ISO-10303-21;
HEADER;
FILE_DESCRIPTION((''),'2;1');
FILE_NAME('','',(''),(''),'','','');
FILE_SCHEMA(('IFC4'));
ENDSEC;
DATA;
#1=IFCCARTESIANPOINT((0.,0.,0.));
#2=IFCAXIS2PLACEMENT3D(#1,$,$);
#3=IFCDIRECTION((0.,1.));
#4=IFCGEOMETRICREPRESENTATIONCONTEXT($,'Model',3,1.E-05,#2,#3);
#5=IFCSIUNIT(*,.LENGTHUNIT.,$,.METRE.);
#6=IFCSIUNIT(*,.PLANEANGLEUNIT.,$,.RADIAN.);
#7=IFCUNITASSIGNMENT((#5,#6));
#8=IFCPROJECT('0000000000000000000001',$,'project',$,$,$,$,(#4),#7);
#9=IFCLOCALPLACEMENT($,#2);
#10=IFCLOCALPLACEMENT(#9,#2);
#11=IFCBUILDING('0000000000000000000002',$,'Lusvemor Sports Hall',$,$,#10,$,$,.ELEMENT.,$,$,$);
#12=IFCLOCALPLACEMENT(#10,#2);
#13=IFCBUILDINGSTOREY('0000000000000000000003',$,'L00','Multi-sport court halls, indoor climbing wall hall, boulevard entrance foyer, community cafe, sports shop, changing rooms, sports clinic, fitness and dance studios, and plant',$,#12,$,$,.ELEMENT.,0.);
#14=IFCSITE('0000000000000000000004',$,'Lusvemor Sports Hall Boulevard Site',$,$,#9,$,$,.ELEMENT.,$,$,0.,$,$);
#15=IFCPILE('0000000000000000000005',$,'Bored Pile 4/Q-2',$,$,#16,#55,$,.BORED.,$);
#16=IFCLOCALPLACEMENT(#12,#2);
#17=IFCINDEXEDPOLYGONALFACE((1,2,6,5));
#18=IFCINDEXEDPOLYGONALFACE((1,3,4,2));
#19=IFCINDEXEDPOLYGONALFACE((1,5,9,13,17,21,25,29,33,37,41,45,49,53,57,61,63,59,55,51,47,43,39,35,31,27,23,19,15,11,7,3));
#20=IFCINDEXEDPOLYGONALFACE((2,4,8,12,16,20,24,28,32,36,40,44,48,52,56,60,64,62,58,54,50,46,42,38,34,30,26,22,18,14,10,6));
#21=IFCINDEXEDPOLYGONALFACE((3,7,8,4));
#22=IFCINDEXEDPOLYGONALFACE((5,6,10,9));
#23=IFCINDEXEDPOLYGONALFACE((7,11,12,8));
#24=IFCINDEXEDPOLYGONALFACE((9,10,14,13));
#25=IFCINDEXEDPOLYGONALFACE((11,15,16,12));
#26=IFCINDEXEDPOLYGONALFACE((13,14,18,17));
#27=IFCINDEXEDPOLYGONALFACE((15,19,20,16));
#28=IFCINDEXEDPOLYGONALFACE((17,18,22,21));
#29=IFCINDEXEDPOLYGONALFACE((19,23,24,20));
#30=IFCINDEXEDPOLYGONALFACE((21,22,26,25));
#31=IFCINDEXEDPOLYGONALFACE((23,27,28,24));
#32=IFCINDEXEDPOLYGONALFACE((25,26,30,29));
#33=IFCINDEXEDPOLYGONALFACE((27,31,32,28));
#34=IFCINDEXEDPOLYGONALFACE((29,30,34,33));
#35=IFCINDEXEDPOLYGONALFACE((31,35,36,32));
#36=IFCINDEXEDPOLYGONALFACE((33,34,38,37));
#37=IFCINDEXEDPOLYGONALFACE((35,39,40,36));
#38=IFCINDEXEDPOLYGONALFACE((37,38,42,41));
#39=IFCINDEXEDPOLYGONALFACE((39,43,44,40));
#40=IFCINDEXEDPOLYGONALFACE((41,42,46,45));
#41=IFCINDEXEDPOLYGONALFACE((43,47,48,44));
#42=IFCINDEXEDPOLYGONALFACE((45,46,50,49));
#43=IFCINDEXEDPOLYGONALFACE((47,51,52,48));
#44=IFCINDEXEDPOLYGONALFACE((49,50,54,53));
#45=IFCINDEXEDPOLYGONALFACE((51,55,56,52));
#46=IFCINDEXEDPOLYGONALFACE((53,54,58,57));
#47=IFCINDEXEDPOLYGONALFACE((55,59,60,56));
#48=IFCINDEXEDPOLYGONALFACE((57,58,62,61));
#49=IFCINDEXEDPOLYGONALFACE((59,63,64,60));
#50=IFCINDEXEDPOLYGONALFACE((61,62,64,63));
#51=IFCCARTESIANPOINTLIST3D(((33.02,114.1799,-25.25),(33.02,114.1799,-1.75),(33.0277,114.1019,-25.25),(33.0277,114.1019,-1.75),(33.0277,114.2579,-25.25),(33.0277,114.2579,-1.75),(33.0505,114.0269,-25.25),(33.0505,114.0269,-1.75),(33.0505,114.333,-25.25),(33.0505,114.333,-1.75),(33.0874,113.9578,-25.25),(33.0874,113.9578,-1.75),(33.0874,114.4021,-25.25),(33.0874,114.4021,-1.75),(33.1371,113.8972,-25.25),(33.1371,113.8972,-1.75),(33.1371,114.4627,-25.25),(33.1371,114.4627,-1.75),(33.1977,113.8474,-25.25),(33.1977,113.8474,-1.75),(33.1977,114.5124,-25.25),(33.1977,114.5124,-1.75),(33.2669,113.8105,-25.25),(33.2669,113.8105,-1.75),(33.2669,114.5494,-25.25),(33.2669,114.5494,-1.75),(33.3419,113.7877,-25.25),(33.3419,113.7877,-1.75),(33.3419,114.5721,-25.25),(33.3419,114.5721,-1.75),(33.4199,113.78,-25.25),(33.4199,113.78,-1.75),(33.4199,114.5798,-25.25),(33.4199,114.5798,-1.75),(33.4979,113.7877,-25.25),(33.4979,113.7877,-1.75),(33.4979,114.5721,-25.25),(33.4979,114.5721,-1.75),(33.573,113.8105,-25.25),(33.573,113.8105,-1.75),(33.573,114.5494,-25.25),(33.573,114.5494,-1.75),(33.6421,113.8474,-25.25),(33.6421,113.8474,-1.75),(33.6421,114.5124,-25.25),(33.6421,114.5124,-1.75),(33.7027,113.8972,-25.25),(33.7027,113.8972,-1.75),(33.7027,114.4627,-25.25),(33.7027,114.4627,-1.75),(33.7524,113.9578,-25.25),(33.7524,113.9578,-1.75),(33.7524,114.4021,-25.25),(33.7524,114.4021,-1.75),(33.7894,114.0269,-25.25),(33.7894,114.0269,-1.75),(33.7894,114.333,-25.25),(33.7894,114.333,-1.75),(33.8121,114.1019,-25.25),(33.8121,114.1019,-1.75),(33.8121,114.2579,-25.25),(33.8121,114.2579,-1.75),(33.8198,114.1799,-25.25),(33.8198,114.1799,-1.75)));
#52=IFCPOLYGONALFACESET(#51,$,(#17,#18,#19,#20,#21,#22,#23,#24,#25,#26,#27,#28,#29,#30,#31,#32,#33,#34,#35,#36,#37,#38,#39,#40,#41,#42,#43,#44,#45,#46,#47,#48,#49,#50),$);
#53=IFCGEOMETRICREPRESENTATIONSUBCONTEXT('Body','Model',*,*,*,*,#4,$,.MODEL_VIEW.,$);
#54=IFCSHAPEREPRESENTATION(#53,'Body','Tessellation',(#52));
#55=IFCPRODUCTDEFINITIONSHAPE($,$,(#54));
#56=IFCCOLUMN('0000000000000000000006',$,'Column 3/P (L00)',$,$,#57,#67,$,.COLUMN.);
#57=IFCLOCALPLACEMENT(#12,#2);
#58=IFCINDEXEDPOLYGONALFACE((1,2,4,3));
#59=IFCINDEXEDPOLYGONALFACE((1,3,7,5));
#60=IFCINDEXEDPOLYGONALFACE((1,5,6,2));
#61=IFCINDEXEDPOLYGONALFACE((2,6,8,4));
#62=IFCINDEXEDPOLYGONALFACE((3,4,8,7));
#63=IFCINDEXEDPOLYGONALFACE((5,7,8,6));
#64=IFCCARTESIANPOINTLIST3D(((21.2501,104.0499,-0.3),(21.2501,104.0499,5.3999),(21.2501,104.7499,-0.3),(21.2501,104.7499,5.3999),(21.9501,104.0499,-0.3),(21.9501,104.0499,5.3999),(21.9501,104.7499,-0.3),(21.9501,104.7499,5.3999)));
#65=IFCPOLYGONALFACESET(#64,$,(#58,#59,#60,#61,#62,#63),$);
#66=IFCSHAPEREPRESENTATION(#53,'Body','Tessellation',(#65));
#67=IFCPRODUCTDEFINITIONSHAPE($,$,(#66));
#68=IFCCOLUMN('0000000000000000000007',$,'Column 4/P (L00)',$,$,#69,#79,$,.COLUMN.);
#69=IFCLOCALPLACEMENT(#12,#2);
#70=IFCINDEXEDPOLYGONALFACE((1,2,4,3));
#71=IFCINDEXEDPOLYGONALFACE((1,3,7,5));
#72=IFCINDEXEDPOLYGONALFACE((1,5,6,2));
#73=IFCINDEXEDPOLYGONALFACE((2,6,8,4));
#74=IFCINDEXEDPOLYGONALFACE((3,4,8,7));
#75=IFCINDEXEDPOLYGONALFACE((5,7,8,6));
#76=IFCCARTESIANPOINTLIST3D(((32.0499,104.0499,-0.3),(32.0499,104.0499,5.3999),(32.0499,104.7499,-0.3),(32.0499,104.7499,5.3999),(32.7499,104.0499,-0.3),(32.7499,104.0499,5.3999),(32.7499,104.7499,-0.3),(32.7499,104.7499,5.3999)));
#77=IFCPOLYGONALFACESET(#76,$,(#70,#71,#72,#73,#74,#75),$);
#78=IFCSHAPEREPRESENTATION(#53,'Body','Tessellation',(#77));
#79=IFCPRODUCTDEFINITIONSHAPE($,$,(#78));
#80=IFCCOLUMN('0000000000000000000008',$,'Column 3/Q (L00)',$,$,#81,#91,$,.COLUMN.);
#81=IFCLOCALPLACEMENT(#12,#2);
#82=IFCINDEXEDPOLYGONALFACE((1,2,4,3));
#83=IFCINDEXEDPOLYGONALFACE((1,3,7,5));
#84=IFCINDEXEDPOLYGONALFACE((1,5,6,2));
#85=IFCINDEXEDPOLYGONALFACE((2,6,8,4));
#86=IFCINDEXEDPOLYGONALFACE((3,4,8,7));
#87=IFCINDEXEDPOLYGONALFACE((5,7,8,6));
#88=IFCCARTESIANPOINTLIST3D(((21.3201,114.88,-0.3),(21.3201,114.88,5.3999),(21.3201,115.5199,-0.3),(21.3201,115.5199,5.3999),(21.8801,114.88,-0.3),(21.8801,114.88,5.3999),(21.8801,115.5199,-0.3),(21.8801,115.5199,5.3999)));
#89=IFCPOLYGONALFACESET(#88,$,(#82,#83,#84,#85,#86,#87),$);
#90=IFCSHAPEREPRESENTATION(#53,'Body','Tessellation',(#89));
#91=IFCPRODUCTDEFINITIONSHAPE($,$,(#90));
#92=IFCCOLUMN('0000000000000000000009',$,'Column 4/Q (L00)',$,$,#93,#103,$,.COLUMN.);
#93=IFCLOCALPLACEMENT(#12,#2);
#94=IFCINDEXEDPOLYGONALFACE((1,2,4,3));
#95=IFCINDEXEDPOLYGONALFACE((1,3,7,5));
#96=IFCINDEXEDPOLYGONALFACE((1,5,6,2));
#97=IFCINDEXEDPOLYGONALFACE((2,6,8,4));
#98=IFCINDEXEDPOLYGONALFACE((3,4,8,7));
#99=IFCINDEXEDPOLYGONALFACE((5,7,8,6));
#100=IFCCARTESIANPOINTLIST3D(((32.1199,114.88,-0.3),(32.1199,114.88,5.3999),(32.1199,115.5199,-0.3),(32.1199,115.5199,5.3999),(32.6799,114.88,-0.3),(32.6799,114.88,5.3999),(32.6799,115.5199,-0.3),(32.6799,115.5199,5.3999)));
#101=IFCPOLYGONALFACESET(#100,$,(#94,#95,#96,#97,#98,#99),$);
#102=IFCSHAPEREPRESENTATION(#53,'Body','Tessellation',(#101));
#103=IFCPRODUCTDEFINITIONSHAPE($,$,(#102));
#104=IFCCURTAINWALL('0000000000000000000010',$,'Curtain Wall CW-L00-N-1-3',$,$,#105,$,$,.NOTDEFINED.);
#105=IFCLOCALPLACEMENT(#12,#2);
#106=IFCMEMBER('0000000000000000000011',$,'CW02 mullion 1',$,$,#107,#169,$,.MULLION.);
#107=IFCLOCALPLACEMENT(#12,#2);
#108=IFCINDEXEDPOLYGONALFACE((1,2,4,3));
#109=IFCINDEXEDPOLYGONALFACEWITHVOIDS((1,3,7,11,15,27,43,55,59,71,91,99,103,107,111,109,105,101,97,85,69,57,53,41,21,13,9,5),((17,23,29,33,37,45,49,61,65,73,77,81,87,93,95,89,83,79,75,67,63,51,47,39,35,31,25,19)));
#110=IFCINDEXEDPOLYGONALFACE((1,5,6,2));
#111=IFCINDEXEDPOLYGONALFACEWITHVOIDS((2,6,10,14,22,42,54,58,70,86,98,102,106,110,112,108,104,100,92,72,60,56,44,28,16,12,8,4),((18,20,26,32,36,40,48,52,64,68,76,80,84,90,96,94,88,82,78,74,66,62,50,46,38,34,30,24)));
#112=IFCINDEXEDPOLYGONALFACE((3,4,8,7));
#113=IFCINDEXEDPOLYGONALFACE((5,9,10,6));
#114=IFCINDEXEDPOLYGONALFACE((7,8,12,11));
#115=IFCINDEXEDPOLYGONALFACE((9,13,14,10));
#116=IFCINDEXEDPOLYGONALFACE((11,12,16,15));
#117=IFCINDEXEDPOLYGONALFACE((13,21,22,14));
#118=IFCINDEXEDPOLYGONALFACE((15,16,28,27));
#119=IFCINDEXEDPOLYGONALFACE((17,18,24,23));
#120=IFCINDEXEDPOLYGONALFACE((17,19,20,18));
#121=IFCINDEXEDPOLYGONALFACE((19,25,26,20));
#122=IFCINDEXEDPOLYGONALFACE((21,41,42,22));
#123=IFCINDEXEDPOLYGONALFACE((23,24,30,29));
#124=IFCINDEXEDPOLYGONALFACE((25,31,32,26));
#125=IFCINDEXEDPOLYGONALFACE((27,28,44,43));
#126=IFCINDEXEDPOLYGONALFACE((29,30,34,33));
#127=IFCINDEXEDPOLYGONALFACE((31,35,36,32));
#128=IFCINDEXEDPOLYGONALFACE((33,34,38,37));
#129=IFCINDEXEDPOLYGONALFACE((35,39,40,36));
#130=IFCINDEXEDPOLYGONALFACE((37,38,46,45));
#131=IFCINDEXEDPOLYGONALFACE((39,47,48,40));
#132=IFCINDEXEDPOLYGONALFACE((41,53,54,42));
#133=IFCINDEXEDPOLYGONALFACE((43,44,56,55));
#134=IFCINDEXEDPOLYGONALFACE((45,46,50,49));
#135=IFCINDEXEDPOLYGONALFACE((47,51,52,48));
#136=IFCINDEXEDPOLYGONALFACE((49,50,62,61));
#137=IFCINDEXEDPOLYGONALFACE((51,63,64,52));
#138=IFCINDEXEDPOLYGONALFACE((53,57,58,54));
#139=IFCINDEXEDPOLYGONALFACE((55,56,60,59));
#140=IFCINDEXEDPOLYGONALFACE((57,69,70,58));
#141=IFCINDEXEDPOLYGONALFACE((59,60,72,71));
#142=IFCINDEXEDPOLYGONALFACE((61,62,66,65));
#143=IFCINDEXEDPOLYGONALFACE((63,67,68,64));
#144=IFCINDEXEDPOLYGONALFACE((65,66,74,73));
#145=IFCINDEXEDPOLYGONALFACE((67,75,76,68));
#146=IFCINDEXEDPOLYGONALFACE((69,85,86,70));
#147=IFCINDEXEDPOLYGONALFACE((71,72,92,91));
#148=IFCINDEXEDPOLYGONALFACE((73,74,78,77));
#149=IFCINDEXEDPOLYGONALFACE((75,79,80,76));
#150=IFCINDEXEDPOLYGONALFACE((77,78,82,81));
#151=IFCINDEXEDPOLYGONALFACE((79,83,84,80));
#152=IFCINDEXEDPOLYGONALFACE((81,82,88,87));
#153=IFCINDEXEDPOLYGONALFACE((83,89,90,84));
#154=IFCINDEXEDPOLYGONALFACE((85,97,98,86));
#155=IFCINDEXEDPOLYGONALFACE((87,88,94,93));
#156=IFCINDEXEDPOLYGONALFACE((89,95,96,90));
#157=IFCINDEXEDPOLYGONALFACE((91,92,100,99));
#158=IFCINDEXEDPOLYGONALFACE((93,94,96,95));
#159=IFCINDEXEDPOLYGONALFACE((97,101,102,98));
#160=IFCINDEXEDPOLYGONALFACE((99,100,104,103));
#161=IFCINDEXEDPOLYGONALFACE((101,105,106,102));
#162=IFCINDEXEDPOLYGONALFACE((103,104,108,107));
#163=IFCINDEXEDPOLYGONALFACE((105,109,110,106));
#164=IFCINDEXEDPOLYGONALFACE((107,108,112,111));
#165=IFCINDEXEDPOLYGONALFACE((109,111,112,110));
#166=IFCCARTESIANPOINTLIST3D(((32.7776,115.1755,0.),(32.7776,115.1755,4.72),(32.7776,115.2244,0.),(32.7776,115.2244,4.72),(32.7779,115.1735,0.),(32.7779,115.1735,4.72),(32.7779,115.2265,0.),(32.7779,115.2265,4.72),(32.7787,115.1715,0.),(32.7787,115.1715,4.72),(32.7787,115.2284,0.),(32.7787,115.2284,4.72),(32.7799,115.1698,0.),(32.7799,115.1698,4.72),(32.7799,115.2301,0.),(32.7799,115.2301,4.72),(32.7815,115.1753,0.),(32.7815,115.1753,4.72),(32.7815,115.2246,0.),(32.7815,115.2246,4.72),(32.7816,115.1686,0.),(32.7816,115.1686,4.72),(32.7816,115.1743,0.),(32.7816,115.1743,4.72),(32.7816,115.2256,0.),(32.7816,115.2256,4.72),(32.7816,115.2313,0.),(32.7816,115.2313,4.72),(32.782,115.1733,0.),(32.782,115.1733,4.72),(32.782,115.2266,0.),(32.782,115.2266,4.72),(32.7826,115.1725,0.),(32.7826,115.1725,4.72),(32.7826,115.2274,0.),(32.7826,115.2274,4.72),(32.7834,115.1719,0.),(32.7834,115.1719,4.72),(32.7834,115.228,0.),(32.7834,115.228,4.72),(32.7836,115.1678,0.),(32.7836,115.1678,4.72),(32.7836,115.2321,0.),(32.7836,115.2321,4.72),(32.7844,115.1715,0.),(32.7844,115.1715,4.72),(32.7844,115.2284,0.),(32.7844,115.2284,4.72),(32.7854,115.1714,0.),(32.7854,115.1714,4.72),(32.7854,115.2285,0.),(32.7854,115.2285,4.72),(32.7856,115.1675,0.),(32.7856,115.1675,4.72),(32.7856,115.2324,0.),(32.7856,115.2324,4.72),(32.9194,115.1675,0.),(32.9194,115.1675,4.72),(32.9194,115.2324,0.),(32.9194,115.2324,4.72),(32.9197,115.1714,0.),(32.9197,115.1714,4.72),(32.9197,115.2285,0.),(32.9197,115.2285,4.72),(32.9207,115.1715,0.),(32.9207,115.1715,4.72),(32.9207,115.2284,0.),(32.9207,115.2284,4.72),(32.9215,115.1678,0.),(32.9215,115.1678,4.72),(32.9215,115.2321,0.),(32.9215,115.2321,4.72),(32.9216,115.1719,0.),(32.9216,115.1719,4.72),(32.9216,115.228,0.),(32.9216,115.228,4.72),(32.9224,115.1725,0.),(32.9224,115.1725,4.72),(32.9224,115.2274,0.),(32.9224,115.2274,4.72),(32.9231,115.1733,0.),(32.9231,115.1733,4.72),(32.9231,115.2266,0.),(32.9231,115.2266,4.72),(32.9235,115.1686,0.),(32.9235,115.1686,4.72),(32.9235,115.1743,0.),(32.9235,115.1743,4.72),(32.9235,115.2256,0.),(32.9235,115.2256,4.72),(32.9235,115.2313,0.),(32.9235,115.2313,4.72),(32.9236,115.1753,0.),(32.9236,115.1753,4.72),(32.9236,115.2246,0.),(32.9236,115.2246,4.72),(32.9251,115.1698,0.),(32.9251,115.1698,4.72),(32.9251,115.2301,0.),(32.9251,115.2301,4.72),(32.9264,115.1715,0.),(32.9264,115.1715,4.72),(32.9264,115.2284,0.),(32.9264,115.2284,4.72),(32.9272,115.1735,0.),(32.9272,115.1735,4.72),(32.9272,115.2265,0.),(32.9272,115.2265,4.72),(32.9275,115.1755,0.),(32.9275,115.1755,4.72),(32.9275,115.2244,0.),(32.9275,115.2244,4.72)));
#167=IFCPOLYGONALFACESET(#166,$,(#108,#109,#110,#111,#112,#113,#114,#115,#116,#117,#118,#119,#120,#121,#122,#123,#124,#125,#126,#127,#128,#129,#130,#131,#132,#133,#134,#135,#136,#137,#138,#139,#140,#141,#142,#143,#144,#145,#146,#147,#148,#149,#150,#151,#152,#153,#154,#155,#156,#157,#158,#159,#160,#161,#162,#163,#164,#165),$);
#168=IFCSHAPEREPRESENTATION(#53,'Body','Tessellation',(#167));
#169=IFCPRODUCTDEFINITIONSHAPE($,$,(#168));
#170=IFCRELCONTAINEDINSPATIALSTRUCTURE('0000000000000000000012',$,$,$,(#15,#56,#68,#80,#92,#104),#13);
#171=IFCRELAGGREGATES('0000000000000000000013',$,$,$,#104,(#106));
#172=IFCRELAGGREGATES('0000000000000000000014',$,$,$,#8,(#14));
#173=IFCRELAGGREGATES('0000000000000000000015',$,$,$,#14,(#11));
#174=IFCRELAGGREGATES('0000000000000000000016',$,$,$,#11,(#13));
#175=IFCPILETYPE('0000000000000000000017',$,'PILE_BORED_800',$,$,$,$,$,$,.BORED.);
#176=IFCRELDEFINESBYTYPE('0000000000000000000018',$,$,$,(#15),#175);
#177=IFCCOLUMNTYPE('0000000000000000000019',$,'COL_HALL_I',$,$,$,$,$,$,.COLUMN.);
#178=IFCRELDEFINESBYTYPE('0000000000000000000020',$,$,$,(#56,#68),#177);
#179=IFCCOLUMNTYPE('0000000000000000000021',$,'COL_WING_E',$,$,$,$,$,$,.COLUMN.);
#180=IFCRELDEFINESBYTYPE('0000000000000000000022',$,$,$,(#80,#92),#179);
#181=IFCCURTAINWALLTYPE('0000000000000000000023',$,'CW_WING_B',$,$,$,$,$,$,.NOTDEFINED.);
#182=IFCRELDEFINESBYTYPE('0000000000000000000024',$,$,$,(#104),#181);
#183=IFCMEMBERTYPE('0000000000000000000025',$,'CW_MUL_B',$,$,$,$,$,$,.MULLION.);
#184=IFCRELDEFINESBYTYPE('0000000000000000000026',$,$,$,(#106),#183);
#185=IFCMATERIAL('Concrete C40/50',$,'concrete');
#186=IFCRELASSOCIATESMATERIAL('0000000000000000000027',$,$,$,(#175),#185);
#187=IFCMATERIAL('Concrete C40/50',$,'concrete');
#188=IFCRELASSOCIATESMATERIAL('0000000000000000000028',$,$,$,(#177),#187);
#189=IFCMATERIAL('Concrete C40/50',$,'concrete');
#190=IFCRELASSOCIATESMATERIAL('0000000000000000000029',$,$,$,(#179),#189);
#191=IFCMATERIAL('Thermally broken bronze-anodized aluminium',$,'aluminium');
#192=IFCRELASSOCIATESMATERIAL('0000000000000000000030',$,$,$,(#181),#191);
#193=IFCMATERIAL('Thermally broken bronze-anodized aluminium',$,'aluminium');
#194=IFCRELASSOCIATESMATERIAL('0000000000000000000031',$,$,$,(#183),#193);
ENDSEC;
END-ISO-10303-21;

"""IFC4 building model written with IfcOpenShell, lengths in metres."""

from ifc_helpers import new_model, si_unit, direction, frame, origin, origin_2d, place, context, subcontext, project, spatial, rectangle, hollow_rectangle, circle, extrude, material, material_profile, profile_set, type_object, element, aggregate, save


model = new_model("IFC4")

# Units and contexts
model_context = context("Model", 3, precision=1e-05, world=origin(), true_north=direction((0.0, 1.0)))
body_context = subcontext(model_context, "Body", "Model", "MODEL_VIEW")
ifc_project = project(units=[si_unit("LENGTHUNIT", "METRE"), si_unit("PLANEANGLEUNIT", "RADIAN")], contexts=[model_context])

# Site, building, storey
site_placement = place(None, origin())
site = spatial("IfcSite", under=ifc_project, at=site_placement, Name="Lusvemor Sports Hall Boulevard Site", CompositionType="ELEMENT", RefElevation=0.0)
building_placement = place(site_placement, origin())
building = spatial("IfcBuilding", under=site, at=building_placement, Name="Lusvemor Sports Hall", CompositionType="ELEMENT")
storey_placement = place(building_placement, origin())
storey = spatial("IfcBuildingStorey", under=building, at=storey_placement, Name="L00", Description="Multi-sport court halls, indoor climbing wall hall, boulevard entrance foyer, community cafe, sports shop, changing rooms, sports clinic, fitness and dance studios, and plant", CompositionType="ELEMENT", Elevation=0.0)

# Pile
ifc_material_1 = material(Name="Concrete C40/50", Category="concrete")
ifc_material_profile_1 = material_profile(ifc_material_1, circle(Radius=0.3999, at=origin_2d()), Name="PILE800")
ifc_profile_set_1 = profile_set([ifc_material_profile_1], Name="Concrete C40/50")
pile_type = type_object("IfcPileType", Name="PILE_BORED_800", PredefinedType="BORED", material=ifc_profile_set_1)
for number, where, z_axis, x_axis, name in (
    (1, (33.4199, 114.1799, -1.75), (0.0, 0.0, -1.0), (1.0, 0.0, 0.0), "Bored Pile 4/Q-2"),
):
    element("IfcPile", number, at=place(storey_placement, frame(where, z_axis=z_axis, x_axis=x_axis)), inside=storey, type_object=pile_type, Name=name, PredefinedType="BORED", context=body_context, shape_type="SweptSolid", body=[
        extrude(circle(Radius=0.3999, at=origin_2d()), origin(), (0.0, 0.0, 1.0), 23.5),
    ])

# Columns
ifc_material_2 = material(Name="Concrete C40/50", Category="concrete")
ifc_material_profile_2 = material_profile(ifc_material_2, rectangle(XDim=0.7, YDim=0.7, at=origin_2d()), Name="RC700x700")
ifc_profile_set_2 = profile_set([ifc_material_profile_2], Name="Concrete C40/50")
column_type_1 = type_object("IfcColumnType", Name="COL_HALL_I", PredefinedType="COLUMN", material=ifc_profile_set_2)
for number, where, z_axis, x_axis, name in (
    (2, (21.6001, 104.3999, -0.3), (0.0, 0.0, 1.0), (1.0, 0.0, 0.0), "Column 3/P (L00)"),
    (3, (32.3999, 104.3999, -0.3), (0.0, 0.0, 1.0), (1.0, 0.0, 0.0), "Column 4/P (L00)"),
):
    element("IfcColumn", number, at=place(storey_placement, frame(where, z_axis=z_axis, x_axis=x_axis)), inside=storey, type_object=column_type_1, Name=name, PredefinedType="COLUMN", context=body_context, shape_type="SweptSolid", body=[
        extrude(rectangle(XDim=0.7, YDim=0.7, at=origin_2d()), origin(), (0.0, 0.0, 1.0), 5.7),
    ])
ifc_material_3 = material(Name="Concrete C40/50", Category="concrete")
ifc_material_profile_3 = material_profile(ifc_material_3, rectangle(XDim=0.5601, YDim=0.6399, at=origin_2d()), Name="RC560x640")
ifc_profile_set_3 = profile_set([ifc_material_profile_3], Name="Concrete C40/50")
column_type_2 = type_object("IfcColumnType", Name="COL_WING_E", PredefinedType="COLUMN", material=ifc_profile_set_3)
for number, where, z_axis, x_axis, name in (
    (4, (21.6001, 115.2, -0.3), (0.0, 0.0, 1.0), (1.0, 0.0, 0.0), "Column 3/Q (L00)"),
    (5, (32.3999, 115.2, -0.3), (0.0, 0.0, 1.0), (1.0, 0.0, 0.0), "Column 4/Q (L00)"),
):
    element("IfcColumn", number, at=place(storey_placement, frame(where, z_axis=z_axis, x_axis=x_axis)), inside=storey, type_object=column_type_2, Name=name, PredefinedType="COLUMN", context=body_context, shape_type="SweptSolid", body=[
        extrude(rectangle(XDim=0.5601, YDim=0.6399, at=origin_2d()), origin(), (0.0, 0.0, 1.0), 5.7),
    ])

# Curtain wall, member
ifc_material_4 = material(Name="Thermally broken bronze-anodized aluminium", Category="aluminium")
curtain_wall_type = type_object("IfcCurtainWallType", Name="CW_WING_B", PredefinedType="NOTDEFINED", material=ifc_material_4)
curtain_wall_placement = place(storey_placement, origin())
curtain_wall = element("IfcCurtainWall", 6, at=curtain_wall_placement, inside=storey, type_object=curtain_wall_type, Name="Curtain Wall CW-L00-N-1-3", PredefinedType="NOTDEFINED")
ifc_material_5 = material(Name="Thermally broken bronze-anodized aluminium", Category="aluminium")
ifc_material_profile_4 = material_profile(ifc_material_5, hollow_rectangle(XDim=0.0649, YDim=0.1499, WallThickness=0.0039, InnerFilletRadius=0.0039, OuterFilletRadius=0.0081, at=origin_2d()), Name="CWMUL150x65x4")
ifc_profile_set_4 = profile_set([ifc_material_profile_4], Name="Thermally broken bronze-anodized aluminium")
member_type_1 = type_object("IfcMemberType", Name="CW_MUL_B", PredefinedType="MULLION", material=ifc_profile_set_4)
member_1_placement = place(storey_placement, frame((32.8525, 115.2, 0.0), z_axis=(0.0, 0.0, 1.0), x_axis=(0.0, 1.0, 0.0)))
member_1 = element("IfcMember", 7, at=member_1_placement, type_object=member_type_1, Name="CW02 mullion 1", PredefinedType="MULLION", context=body_context, shape_type="SweptSolid", body=[
    extrude(hollow_rectangle(XDim=0.0649, YDim=0.1499, WallThickness=0.0039, InnerFilletRadius=0.0039, OuterFilletRadius=0.0081, at=origin_2d()), origin(), (0.0, 0.0, 1.0), 4.72),
])
aggregate(curtain_wall, [member_1])

save(model, "model.ifc")
